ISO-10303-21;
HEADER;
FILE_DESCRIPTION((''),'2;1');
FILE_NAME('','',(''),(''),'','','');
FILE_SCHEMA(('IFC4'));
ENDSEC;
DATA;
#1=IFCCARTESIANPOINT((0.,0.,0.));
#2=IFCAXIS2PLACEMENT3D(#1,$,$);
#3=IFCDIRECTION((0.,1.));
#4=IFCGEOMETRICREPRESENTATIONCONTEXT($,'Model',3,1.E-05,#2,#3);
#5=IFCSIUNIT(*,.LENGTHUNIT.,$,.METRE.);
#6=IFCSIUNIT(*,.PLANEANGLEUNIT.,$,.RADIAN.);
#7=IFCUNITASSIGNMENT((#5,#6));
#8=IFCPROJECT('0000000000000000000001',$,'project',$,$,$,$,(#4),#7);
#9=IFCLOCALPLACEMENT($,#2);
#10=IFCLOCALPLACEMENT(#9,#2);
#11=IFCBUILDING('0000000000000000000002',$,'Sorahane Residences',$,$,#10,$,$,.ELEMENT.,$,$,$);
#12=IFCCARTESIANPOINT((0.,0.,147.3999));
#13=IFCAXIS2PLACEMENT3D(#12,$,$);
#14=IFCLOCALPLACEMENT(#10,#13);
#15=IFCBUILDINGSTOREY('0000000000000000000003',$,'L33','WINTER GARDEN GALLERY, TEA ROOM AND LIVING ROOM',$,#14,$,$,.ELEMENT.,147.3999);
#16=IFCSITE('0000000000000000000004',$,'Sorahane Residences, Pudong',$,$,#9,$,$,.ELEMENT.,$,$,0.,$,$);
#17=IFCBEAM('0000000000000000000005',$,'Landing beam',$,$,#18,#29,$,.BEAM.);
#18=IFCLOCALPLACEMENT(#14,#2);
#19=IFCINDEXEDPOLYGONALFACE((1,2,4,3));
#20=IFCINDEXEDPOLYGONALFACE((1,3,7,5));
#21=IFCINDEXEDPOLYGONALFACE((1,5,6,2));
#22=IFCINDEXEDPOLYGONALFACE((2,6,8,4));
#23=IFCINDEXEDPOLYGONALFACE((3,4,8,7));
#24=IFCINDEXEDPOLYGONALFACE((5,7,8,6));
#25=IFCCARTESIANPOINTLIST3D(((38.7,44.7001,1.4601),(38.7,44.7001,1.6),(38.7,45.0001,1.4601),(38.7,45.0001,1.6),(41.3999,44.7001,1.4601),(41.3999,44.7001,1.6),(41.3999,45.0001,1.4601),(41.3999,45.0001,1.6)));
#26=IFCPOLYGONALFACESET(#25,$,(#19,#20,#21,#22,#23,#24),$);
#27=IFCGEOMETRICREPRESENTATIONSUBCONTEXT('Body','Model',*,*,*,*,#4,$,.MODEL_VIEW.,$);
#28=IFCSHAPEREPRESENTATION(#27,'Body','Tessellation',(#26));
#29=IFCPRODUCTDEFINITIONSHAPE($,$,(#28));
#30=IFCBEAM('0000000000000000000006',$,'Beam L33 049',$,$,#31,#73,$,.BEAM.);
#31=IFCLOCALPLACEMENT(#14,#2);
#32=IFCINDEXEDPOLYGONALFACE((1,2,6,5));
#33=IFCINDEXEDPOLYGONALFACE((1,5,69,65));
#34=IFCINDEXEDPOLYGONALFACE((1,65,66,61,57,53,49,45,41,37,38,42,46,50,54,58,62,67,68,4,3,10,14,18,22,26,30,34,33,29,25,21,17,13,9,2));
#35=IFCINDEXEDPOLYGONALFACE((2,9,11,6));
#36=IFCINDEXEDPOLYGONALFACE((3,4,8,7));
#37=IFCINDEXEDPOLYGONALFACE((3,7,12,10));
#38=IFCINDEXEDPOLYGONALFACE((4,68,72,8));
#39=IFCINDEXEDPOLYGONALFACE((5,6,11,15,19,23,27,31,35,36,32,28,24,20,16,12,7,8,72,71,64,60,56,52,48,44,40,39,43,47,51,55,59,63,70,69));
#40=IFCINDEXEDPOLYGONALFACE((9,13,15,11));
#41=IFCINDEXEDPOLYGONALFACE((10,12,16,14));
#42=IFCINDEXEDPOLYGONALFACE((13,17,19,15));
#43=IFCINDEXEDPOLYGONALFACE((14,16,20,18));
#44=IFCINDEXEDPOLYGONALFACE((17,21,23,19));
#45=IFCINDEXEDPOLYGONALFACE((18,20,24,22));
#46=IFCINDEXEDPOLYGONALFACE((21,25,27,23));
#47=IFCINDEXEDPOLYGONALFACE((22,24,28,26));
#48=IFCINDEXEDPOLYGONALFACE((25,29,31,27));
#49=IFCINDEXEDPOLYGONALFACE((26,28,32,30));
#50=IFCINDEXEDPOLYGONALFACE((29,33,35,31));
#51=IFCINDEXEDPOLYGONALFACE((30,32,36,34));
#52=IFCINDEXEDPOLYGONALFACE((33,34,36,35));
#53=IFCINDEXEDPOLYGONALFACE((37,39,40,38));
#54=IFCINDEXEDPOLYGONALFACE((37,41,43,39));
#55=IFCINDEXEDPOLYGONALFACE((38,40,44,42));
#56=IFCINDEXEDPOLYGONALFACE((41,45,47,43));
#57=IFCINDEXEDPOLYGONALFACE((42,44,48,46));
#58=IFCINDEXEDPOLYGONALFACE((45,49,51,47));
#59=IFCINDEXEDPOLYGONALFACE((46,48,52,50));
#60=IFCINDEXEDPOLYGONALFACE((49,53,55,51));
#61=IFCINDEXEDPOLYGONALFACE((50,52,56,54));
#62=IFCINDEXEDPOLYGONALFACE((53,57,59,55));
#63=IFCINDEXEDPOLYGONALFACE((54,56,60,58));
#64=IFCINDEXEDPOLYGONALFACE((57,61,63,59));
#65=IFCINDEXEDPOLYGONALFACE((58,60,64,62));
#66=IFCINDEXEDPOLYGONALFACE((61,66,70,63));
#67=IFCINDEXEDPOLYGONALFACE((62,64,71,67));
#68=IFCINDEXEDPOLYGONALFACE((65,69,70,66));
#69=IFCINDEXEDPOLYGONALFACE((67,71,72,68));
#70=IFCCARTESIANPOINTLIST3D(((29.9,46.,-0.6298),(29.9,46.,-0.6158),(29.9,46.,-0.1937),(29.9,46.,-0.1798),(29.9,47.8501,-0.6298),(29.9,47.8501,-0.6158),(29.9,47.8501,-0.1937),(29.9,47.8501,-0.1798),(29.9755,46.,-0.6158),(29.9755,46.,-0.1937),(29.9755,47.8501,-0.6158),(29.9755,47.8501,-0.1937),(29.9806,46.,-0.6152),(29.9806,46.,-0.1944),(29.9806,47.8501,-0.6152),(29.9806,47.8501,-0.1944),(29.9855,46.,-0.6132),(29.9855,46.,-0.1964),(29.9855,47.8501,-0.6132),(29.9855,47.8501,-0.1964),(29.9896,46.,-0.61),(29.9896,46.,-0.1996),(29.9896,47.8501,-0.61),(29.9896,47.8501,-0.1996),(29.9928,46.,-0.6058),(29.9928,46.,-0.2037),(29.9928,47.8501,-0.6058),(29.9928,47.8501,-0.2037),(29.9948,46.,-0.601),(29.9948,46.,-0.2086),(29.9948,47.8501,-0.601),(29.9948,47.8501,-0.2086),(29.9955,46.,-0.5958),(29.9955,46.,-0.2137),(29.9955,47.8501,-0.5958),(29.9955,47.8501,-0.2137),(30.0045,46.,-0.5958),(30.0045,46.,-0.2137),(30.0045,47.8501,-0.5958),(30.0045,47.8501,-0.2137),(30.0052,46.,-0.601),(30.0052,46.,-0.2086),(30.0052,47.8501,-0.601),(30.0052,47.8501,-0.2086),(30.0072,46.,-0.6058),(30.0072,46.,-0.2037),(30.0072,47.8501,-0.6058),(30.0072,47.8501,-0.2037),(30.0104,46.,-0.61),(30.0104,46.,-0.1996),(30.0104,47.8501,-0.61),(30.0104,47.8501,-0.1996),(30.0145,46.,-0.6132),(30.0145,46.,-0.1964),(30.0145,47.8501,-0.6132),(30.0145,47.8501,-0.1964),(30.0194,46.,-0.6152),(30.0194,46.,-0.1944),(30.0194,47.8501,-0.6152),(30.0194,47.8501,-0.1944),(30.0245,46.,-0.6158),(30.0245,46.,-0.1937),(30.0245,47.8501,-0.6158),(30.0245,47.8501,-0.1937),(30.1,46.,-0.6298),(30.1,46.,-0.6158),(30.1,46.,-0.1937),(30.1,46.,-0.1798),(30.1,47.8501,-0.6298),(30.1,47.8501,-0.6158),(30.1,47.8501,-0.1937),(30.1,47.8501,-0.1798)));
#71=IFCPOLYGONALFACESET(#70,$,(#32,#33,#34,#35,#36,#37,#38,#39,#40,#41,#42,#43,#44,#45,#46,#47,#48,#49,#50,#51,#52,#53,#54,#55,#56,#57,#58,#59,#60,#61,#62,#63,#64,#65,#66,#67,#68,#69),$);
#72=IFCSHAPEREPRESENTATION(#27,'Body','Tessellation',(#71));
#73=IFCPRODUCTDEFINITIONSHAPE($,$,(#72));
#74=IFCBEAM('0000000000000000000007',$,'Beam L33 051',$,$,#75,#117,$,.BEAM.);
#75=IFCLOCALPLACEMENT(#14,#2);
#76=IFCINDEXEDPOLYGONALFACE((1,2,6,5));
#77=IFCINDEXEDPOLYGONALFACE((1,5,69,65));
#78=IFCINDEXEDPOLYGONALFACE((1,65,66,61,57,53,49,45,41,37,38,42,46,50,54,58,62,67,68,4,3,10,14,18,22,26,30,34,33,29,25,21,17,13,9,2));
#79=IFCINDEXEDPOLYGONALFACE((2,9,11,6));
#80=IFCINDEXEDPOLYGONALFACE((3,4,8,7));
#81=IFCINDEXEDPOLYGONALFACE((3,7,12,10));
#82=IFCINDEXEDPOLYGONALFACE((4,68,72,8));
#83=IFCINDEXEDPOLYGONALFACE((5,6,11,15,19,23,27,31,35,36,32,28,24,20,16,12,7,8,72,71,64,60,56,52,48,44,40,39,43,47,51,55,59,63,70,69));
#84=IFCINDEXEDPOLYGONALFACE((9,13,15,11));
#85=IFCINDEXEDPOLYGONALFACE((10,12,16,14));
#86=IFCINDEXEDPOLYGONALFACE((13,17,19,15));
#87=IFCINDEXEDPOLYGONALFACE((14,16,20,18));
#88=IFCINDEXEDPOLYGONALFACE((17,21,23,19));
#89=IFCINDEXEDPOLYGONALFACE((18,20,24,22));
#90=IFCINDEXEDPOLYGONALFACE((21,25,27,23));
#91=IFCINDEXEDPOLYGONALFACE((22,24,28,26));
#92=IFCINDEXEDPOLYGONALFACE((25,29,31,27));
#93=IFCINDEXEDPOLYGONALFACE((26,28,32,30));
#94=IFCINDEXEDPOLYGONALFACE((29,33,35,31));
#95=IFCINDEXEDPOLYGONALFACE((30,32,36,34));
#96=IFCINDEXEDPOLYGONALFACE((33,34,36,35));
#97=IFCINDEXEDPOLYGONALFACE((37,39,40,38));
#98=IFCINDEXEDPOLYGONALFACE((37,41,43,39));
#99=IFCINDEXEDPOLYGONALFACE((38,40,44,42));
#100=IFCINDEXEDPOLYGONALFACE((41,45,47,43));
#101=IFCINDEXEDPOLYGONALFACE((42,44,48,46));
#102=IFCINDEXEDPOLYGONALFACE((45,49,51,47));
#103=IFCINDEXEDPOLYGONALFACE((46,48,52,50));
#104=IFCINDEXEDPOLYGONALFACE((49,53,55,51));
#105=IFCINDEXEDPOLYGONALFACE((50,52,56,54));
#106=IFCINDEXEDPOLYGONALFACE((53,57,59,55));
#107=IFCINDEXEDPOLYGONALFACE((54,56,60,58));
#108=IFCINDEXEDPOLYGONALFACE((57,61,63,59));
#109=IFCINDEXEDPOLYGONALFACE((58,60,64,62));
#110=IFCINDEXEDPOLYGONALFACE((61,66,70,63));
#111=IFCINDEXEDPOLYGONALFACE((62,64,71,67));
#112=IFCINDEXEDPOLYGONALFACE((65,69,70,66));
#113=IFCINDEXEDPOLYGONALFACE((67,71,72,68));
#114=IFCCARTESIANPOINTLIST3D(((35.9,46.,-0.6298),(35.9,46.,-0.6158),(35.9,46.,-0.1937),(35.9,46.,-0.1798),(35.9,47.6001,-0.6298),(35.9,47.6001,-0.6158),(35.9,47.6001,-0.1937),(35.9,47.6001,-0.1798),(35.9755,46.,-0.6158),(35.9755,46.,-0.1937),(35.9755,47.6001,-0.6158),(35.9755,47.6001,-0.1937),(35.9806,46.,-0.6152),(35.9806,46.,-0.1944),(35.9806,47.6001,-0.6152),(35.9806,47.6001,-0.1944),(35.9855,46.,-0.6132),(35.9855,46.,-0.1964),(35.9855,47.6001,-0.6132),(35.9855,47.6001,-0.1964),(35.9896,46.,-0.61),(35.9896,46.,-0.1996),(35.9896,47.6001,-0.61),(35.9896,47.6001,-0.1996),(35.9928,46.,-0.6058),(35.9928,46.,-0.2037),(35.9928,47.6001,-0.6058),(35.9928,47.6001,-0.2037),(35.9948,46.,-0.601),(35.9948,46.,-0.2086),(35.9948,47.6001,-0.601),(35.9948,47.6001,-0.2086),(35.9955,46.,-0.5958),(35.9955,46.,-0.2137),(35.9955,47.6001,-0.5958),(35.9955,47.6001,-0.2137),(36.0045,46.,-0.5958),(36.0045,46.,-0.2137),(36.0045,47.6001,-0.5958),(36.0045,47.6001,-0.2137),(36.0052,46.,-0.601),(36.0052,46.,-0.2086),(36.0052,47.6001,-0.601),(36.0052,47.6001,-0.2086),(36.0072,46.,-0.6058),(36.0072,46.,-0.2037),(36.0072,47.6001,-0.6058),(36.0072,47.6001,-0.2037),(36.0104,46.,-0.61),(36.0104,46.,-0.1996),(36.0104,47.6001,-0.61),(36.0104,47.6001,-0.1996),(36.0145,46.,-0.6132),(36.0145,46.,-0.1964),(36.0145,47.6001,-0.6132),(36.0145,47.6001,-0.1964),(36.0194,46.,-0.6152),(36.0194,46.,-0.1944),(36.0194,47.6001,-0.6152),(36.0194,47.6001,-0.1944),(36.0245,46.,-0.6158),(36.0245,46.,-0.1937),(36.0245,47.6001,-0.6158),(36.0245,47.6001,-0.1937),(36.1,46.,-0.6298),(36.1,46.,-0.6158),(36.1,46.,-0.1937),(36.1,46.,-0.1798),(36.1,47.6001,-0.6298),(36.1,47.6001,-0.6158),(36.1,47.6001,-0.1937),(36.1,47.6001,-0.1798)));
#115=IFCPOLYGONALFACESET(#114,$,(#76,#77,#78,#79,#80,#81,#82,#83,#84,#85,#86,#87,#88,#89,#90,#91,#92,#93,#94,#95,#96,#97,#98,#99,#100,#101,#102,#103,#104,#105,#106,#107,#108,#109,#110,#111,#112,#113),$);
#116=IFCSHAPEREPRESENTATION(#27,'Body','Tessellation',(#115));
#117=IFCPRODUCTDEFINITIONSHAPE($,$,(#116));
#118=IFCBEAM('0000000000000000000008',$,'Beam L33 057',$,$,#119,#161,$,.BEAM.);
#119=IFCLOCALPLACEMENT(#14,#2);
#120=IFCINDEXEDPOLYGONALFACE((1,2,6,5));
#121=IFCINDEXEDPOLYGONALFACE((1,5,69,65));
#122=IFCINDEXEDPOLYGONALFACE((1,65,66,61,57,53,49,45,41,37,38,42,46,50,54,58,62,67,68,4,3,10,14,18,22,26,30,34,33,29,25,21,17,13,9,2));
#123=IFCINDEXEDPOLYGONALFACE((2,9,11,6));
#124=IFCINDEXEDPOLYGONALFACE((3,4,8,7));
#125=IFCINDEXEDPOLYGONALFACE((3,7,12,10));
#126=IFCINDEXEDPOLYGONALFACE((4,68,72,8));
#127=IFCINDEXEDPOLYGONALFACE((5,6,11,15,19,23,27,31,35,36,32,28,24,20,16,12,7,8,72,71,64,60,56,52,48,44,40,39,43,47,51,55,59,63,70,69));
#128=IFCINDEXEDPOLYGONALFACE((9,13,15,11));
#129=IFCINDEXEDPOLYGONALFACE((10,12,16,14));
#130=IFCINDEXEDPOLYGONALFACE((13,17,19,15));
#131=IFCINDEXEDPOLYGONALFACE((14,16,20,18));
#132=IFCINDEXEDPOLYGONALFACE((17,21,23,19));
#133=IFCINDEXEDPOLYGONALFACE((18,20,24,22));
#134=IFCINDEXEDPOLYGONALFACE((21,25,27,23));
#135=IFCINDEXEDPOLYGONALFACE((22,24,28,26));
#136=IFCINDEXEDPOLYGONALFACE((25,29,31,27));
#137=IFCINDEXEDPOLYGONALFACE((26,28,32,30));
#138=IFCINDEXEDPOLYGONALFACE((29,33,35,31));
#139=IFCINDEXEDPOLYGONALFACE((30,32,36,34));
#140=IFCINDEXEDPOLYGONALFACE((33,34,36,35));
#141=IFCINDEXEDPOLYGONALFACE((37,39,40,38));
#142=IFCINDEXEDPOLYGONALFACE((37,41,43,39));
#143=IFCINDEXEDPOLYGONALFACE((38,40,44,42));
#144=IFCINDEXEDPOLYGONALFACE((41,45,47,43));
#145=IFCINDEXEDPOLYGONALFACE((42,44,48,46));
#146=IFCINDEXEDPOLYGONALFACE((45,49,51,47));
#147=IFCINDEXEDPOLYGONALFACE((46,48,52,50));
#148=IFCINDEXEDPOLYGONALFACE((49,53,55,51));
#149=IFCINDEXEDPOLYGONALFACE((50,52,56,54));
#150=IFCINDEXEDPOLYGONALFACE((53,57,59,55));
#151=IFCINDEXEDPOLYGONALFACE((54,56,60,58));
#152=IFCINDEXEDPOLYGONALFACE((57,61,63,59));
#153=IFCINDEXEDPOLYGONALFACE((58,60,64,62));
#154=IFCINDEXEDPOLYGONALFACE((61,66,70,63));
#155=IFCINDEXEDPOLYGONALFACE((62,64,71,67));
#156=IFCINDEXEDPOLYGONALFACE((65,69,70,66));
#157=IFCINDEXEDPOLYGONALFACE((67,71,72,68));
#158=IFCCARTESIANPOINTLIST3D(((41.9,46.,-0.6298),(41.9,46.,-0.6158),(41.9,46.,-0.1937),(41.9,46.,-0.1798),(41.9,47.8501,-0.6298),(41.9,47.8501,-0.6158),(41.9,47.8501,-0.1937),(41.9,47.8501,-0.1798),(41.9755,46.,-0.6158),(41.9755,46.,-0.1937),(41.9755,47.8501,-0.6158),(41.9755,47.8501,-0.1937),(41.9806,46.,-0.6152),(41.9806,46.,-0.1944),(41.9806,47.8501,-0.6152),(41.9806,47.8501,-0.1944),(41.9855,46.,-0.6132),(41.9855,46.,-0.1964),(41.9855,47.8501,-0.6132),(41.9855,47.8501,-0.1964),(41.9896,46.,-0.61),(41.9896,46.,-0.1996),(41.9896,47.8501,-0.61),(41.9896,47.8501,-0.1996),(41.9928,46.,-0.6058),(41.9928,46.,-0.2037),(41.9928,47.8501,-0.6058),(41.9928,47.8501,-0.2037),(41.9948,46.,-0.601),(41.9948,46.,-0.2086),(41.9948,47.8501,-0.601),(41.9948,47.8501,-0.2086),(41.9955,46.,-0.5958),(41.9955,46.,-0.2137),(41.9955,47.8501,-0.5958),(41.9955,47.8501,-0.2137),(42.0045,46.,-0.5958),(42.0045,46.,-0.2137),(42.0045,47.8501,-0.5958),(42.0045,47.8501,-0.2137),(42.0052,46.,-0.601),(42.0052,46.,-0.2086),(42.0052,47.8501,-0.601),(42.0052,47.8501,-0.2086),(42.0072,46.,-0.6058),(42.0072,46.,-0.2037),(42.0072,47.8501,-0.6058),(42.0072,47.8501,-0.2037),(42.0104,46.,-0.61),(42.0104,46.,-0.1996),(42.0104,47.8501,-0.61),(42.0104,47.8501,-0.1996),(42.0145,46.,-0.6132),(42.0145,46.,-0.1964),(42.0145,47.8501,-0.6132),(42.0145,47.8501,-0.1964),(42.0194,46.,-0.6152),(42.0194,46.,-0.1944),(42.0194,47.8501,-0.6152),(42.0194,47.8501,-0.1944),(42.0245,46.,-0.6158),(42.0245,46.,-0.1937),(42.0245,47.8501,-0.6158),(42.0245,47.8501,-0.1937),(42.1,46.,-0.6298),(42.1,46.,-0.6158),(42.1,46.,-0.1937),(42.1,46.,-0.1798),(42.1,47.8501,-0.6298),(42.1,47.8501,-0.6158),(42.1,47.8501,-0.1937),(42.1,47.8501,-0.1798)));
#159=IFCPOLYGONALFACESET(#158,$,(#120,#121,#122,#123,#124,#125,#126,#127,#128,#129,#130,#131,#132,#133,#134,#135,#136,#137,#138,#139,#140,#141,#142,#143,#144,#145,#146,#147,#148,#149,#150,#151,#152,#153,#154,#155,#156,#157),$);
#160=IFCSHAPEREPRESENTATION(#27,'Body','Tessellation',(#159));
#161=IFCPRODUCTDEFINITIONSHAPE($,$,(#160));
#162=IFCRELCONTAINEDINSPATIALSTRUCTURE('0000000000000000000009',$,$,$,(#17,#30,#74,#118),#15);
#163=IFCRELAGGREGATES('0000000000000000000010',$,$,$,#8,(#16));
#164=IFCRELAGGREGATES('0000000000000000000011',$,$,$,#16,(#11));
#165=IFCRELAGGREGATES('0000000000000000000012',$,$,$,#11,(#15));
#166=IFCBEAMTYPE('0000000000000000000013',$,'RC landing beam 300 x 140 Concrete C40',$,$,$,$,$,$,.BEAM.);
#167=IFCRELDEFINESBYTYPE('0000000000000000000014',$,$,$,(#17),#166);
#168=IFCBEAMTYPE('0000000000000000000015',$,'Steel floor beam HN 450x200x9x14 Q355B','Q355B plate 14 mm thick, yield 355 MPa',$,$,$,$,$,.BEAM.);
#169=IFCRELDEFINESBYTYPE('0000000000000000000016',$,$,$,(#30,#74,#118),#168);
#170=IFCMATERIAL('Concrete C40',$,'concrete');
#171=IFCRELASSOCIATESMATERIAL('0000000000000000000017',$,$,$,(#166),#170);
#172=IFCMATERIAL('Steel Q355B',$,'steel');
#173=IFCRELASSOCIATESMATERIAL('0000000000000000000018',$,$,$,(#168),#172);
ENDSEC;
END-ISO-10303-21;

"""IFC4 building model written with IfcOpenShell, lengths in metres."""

from ifc_helpers import new_model, si_unit, direction, frame, origin, origin_2d, place, context, subcontext, project, spatial, rectangle, i_section, extrude, material, material_profile, profile_set, type_object, element, save


model = new_model("IFC4")

# Units and contexts
model_context = context("Model", 3, precision=1e-05, world=origin(), true_north=direction((0.0, 1.0)))
body_context = subcontext(model_context, "Body", "Model", "MODEL_VIEW")
ifc_project = project(units=[si_unit("LENGTHUNIT", "METRE"), si_unit("PLANEANGLEUNIT", "RADIAN")], contexts=[model_context])

# Site, building, storey
site_placement = place(None, origin())
site = spatial("IfcSite", under=ifc_project, at=site_placement, Name="Sorahane Residences, Pudong", CompositionType="ELEMENT", RefElevation=0.0)
building_placement = place(site_placement, origin())
building = spatial("IfcBuilding", under=site, at=building_placement, Name="Sorahane Residences", CompositionType="ELEMENT")
storey_placement = place(building_placement, frame((0.0, 0.0, 147.3999)))
storey = spatial("IfcBuildingStorey", under=building, at=storey_placement, Name="L33", Description="WINTER GARDEN GALLERY, TEA ROOM AND LIVING ROOM", CompositionType="ELEMENT", Elevation=147.3999)

# Beams
ifc_material_1 = material(Name="Concrete C40", Category="concrete")
ifc_material_profile_1 = material_profile(ifc_material_1, rectangle(XDim=0.3, YDim=0.1399, at=origin_2d()), Name="300x140")
ifc_profile_set_1 = profile_set([ifc_material_profile_1], Name="Concrete C40")
beam_type_1 = type_object("IfcBeamType", Name="RC landing beam 300 x 140 Concrete C40", PredefinedType="BEAM", material=ifc_profile_set_1)
for number, where, z_axis, x_axis, name in (
    (1, (38.7, 44.8501, 1.53), (1.0, 0.0, 0.0), (0.0, 1.0, 0.0), "Landing beam"),
):
    element("IfcBeam", number, at=place(storey_placement, frame(where, z_axis=z_axis, x_axis=x_axis)), inside=storey, type_object=beam_type_1, Name=name, PredefinedType="BEAM", context=body_context, shape_type="SweptSolid", body=[
        extrude(rectangle(XDim=0.3, YDim=0.1399, at=origin_2d()), origin(), (0.0, 0.0, 1.0), 2.7),
    ])
ifc_material_2 = material(Name="Steel Q355B", Category="steel")
ifc_material_profile_2 = material_profile(ifc_material_2, i_section(OverallWidth=0.2, OverallDepth=0.45, WebThickness=0.009, FlangeThickness=0.0139, FilletRadius=0.02, at=origin_2d()), Name="HN 450x200x9x14")
ifc_profile_set_2 = profile_set([ifc_material_profile_2], Name="Steel Q355B")
beam_type_2 = type_object("IfcBeamType", Name="Steel floor beam HN 450x200x9x14 Q355B", Description="Q355B plate 14 mm thick, yield 355 MPa", PredefinedType="BEAM", material=ifc_profile_set_2)
beam_1_placement = place(storey_placement, frame((30.0, 46.0, -0.4048), z_axis=(0.0, 1.0, 0.0), x_axis=(-1.0, 0.0, 0.0)))
element("IfcBeam", 2, at=beam_1_placement, inside=storey, type_object=beam_type_2, Name="Beam L33 049", PredefinedType="BEAM", context=body_context, shape_type="SweptSolid", body=[
    extrude(i_section(OverallWidth=0.2, OverallDepth=0.45, WebThickness=0.009, FlangeThickness=0.0139, FilletRadius=0.02, at=origin_2d()), origin(), (0.0, 0.0, 1.0), 1.8501),
])
beam_2_placement = place(storey_placement, frame((36.0, 46.0, -0.4048), z_axis=(0.0, 1.0, 0.0), x_axis=(-1.0, 0.0, 0.0)))
element("IfcBeam", 3, at=beam_2_placement, inside=storey, type_object=beam_type_2, Name="Beam L33 051", PredefinedType="BEAM", context=body_context, shape_type="SweptSolid", body=[
    extrude(i_section(OverallWidth=0.2, OverallDepth=0.45, WebThickness=0.009, FlangeThickness=0.0139, FilletRadius=0.02, at=origin_2d()), origin(), (0.0, 0.0, 1.0), 1.6001),
])
beam_3_placement = place(storey_placement, frame((42.0, 46.0, -0.4048), z_axis=(0.0, 1.0, 0.0), x_axis=(-1.0, 0.0, 0.0)))
element("IfcBeam", 4, at=beam_3_placement, inside=storey, type_object=beam_type_2, Name="Beam L33 057", PredefinedType="BEAM", context=body_context, shape_type="SweptSolid", body=[
    extrude(i_section(OverallWidth=0.2, OverallDepth=0.45, WebThickness=0.009, FlangeThickness=0.0139, FilletRadius=0.02, at=origin_2d()), origin(), (0.0, 0.0, 1.0), 1.8501),
])

save(model, "model.ifc")
